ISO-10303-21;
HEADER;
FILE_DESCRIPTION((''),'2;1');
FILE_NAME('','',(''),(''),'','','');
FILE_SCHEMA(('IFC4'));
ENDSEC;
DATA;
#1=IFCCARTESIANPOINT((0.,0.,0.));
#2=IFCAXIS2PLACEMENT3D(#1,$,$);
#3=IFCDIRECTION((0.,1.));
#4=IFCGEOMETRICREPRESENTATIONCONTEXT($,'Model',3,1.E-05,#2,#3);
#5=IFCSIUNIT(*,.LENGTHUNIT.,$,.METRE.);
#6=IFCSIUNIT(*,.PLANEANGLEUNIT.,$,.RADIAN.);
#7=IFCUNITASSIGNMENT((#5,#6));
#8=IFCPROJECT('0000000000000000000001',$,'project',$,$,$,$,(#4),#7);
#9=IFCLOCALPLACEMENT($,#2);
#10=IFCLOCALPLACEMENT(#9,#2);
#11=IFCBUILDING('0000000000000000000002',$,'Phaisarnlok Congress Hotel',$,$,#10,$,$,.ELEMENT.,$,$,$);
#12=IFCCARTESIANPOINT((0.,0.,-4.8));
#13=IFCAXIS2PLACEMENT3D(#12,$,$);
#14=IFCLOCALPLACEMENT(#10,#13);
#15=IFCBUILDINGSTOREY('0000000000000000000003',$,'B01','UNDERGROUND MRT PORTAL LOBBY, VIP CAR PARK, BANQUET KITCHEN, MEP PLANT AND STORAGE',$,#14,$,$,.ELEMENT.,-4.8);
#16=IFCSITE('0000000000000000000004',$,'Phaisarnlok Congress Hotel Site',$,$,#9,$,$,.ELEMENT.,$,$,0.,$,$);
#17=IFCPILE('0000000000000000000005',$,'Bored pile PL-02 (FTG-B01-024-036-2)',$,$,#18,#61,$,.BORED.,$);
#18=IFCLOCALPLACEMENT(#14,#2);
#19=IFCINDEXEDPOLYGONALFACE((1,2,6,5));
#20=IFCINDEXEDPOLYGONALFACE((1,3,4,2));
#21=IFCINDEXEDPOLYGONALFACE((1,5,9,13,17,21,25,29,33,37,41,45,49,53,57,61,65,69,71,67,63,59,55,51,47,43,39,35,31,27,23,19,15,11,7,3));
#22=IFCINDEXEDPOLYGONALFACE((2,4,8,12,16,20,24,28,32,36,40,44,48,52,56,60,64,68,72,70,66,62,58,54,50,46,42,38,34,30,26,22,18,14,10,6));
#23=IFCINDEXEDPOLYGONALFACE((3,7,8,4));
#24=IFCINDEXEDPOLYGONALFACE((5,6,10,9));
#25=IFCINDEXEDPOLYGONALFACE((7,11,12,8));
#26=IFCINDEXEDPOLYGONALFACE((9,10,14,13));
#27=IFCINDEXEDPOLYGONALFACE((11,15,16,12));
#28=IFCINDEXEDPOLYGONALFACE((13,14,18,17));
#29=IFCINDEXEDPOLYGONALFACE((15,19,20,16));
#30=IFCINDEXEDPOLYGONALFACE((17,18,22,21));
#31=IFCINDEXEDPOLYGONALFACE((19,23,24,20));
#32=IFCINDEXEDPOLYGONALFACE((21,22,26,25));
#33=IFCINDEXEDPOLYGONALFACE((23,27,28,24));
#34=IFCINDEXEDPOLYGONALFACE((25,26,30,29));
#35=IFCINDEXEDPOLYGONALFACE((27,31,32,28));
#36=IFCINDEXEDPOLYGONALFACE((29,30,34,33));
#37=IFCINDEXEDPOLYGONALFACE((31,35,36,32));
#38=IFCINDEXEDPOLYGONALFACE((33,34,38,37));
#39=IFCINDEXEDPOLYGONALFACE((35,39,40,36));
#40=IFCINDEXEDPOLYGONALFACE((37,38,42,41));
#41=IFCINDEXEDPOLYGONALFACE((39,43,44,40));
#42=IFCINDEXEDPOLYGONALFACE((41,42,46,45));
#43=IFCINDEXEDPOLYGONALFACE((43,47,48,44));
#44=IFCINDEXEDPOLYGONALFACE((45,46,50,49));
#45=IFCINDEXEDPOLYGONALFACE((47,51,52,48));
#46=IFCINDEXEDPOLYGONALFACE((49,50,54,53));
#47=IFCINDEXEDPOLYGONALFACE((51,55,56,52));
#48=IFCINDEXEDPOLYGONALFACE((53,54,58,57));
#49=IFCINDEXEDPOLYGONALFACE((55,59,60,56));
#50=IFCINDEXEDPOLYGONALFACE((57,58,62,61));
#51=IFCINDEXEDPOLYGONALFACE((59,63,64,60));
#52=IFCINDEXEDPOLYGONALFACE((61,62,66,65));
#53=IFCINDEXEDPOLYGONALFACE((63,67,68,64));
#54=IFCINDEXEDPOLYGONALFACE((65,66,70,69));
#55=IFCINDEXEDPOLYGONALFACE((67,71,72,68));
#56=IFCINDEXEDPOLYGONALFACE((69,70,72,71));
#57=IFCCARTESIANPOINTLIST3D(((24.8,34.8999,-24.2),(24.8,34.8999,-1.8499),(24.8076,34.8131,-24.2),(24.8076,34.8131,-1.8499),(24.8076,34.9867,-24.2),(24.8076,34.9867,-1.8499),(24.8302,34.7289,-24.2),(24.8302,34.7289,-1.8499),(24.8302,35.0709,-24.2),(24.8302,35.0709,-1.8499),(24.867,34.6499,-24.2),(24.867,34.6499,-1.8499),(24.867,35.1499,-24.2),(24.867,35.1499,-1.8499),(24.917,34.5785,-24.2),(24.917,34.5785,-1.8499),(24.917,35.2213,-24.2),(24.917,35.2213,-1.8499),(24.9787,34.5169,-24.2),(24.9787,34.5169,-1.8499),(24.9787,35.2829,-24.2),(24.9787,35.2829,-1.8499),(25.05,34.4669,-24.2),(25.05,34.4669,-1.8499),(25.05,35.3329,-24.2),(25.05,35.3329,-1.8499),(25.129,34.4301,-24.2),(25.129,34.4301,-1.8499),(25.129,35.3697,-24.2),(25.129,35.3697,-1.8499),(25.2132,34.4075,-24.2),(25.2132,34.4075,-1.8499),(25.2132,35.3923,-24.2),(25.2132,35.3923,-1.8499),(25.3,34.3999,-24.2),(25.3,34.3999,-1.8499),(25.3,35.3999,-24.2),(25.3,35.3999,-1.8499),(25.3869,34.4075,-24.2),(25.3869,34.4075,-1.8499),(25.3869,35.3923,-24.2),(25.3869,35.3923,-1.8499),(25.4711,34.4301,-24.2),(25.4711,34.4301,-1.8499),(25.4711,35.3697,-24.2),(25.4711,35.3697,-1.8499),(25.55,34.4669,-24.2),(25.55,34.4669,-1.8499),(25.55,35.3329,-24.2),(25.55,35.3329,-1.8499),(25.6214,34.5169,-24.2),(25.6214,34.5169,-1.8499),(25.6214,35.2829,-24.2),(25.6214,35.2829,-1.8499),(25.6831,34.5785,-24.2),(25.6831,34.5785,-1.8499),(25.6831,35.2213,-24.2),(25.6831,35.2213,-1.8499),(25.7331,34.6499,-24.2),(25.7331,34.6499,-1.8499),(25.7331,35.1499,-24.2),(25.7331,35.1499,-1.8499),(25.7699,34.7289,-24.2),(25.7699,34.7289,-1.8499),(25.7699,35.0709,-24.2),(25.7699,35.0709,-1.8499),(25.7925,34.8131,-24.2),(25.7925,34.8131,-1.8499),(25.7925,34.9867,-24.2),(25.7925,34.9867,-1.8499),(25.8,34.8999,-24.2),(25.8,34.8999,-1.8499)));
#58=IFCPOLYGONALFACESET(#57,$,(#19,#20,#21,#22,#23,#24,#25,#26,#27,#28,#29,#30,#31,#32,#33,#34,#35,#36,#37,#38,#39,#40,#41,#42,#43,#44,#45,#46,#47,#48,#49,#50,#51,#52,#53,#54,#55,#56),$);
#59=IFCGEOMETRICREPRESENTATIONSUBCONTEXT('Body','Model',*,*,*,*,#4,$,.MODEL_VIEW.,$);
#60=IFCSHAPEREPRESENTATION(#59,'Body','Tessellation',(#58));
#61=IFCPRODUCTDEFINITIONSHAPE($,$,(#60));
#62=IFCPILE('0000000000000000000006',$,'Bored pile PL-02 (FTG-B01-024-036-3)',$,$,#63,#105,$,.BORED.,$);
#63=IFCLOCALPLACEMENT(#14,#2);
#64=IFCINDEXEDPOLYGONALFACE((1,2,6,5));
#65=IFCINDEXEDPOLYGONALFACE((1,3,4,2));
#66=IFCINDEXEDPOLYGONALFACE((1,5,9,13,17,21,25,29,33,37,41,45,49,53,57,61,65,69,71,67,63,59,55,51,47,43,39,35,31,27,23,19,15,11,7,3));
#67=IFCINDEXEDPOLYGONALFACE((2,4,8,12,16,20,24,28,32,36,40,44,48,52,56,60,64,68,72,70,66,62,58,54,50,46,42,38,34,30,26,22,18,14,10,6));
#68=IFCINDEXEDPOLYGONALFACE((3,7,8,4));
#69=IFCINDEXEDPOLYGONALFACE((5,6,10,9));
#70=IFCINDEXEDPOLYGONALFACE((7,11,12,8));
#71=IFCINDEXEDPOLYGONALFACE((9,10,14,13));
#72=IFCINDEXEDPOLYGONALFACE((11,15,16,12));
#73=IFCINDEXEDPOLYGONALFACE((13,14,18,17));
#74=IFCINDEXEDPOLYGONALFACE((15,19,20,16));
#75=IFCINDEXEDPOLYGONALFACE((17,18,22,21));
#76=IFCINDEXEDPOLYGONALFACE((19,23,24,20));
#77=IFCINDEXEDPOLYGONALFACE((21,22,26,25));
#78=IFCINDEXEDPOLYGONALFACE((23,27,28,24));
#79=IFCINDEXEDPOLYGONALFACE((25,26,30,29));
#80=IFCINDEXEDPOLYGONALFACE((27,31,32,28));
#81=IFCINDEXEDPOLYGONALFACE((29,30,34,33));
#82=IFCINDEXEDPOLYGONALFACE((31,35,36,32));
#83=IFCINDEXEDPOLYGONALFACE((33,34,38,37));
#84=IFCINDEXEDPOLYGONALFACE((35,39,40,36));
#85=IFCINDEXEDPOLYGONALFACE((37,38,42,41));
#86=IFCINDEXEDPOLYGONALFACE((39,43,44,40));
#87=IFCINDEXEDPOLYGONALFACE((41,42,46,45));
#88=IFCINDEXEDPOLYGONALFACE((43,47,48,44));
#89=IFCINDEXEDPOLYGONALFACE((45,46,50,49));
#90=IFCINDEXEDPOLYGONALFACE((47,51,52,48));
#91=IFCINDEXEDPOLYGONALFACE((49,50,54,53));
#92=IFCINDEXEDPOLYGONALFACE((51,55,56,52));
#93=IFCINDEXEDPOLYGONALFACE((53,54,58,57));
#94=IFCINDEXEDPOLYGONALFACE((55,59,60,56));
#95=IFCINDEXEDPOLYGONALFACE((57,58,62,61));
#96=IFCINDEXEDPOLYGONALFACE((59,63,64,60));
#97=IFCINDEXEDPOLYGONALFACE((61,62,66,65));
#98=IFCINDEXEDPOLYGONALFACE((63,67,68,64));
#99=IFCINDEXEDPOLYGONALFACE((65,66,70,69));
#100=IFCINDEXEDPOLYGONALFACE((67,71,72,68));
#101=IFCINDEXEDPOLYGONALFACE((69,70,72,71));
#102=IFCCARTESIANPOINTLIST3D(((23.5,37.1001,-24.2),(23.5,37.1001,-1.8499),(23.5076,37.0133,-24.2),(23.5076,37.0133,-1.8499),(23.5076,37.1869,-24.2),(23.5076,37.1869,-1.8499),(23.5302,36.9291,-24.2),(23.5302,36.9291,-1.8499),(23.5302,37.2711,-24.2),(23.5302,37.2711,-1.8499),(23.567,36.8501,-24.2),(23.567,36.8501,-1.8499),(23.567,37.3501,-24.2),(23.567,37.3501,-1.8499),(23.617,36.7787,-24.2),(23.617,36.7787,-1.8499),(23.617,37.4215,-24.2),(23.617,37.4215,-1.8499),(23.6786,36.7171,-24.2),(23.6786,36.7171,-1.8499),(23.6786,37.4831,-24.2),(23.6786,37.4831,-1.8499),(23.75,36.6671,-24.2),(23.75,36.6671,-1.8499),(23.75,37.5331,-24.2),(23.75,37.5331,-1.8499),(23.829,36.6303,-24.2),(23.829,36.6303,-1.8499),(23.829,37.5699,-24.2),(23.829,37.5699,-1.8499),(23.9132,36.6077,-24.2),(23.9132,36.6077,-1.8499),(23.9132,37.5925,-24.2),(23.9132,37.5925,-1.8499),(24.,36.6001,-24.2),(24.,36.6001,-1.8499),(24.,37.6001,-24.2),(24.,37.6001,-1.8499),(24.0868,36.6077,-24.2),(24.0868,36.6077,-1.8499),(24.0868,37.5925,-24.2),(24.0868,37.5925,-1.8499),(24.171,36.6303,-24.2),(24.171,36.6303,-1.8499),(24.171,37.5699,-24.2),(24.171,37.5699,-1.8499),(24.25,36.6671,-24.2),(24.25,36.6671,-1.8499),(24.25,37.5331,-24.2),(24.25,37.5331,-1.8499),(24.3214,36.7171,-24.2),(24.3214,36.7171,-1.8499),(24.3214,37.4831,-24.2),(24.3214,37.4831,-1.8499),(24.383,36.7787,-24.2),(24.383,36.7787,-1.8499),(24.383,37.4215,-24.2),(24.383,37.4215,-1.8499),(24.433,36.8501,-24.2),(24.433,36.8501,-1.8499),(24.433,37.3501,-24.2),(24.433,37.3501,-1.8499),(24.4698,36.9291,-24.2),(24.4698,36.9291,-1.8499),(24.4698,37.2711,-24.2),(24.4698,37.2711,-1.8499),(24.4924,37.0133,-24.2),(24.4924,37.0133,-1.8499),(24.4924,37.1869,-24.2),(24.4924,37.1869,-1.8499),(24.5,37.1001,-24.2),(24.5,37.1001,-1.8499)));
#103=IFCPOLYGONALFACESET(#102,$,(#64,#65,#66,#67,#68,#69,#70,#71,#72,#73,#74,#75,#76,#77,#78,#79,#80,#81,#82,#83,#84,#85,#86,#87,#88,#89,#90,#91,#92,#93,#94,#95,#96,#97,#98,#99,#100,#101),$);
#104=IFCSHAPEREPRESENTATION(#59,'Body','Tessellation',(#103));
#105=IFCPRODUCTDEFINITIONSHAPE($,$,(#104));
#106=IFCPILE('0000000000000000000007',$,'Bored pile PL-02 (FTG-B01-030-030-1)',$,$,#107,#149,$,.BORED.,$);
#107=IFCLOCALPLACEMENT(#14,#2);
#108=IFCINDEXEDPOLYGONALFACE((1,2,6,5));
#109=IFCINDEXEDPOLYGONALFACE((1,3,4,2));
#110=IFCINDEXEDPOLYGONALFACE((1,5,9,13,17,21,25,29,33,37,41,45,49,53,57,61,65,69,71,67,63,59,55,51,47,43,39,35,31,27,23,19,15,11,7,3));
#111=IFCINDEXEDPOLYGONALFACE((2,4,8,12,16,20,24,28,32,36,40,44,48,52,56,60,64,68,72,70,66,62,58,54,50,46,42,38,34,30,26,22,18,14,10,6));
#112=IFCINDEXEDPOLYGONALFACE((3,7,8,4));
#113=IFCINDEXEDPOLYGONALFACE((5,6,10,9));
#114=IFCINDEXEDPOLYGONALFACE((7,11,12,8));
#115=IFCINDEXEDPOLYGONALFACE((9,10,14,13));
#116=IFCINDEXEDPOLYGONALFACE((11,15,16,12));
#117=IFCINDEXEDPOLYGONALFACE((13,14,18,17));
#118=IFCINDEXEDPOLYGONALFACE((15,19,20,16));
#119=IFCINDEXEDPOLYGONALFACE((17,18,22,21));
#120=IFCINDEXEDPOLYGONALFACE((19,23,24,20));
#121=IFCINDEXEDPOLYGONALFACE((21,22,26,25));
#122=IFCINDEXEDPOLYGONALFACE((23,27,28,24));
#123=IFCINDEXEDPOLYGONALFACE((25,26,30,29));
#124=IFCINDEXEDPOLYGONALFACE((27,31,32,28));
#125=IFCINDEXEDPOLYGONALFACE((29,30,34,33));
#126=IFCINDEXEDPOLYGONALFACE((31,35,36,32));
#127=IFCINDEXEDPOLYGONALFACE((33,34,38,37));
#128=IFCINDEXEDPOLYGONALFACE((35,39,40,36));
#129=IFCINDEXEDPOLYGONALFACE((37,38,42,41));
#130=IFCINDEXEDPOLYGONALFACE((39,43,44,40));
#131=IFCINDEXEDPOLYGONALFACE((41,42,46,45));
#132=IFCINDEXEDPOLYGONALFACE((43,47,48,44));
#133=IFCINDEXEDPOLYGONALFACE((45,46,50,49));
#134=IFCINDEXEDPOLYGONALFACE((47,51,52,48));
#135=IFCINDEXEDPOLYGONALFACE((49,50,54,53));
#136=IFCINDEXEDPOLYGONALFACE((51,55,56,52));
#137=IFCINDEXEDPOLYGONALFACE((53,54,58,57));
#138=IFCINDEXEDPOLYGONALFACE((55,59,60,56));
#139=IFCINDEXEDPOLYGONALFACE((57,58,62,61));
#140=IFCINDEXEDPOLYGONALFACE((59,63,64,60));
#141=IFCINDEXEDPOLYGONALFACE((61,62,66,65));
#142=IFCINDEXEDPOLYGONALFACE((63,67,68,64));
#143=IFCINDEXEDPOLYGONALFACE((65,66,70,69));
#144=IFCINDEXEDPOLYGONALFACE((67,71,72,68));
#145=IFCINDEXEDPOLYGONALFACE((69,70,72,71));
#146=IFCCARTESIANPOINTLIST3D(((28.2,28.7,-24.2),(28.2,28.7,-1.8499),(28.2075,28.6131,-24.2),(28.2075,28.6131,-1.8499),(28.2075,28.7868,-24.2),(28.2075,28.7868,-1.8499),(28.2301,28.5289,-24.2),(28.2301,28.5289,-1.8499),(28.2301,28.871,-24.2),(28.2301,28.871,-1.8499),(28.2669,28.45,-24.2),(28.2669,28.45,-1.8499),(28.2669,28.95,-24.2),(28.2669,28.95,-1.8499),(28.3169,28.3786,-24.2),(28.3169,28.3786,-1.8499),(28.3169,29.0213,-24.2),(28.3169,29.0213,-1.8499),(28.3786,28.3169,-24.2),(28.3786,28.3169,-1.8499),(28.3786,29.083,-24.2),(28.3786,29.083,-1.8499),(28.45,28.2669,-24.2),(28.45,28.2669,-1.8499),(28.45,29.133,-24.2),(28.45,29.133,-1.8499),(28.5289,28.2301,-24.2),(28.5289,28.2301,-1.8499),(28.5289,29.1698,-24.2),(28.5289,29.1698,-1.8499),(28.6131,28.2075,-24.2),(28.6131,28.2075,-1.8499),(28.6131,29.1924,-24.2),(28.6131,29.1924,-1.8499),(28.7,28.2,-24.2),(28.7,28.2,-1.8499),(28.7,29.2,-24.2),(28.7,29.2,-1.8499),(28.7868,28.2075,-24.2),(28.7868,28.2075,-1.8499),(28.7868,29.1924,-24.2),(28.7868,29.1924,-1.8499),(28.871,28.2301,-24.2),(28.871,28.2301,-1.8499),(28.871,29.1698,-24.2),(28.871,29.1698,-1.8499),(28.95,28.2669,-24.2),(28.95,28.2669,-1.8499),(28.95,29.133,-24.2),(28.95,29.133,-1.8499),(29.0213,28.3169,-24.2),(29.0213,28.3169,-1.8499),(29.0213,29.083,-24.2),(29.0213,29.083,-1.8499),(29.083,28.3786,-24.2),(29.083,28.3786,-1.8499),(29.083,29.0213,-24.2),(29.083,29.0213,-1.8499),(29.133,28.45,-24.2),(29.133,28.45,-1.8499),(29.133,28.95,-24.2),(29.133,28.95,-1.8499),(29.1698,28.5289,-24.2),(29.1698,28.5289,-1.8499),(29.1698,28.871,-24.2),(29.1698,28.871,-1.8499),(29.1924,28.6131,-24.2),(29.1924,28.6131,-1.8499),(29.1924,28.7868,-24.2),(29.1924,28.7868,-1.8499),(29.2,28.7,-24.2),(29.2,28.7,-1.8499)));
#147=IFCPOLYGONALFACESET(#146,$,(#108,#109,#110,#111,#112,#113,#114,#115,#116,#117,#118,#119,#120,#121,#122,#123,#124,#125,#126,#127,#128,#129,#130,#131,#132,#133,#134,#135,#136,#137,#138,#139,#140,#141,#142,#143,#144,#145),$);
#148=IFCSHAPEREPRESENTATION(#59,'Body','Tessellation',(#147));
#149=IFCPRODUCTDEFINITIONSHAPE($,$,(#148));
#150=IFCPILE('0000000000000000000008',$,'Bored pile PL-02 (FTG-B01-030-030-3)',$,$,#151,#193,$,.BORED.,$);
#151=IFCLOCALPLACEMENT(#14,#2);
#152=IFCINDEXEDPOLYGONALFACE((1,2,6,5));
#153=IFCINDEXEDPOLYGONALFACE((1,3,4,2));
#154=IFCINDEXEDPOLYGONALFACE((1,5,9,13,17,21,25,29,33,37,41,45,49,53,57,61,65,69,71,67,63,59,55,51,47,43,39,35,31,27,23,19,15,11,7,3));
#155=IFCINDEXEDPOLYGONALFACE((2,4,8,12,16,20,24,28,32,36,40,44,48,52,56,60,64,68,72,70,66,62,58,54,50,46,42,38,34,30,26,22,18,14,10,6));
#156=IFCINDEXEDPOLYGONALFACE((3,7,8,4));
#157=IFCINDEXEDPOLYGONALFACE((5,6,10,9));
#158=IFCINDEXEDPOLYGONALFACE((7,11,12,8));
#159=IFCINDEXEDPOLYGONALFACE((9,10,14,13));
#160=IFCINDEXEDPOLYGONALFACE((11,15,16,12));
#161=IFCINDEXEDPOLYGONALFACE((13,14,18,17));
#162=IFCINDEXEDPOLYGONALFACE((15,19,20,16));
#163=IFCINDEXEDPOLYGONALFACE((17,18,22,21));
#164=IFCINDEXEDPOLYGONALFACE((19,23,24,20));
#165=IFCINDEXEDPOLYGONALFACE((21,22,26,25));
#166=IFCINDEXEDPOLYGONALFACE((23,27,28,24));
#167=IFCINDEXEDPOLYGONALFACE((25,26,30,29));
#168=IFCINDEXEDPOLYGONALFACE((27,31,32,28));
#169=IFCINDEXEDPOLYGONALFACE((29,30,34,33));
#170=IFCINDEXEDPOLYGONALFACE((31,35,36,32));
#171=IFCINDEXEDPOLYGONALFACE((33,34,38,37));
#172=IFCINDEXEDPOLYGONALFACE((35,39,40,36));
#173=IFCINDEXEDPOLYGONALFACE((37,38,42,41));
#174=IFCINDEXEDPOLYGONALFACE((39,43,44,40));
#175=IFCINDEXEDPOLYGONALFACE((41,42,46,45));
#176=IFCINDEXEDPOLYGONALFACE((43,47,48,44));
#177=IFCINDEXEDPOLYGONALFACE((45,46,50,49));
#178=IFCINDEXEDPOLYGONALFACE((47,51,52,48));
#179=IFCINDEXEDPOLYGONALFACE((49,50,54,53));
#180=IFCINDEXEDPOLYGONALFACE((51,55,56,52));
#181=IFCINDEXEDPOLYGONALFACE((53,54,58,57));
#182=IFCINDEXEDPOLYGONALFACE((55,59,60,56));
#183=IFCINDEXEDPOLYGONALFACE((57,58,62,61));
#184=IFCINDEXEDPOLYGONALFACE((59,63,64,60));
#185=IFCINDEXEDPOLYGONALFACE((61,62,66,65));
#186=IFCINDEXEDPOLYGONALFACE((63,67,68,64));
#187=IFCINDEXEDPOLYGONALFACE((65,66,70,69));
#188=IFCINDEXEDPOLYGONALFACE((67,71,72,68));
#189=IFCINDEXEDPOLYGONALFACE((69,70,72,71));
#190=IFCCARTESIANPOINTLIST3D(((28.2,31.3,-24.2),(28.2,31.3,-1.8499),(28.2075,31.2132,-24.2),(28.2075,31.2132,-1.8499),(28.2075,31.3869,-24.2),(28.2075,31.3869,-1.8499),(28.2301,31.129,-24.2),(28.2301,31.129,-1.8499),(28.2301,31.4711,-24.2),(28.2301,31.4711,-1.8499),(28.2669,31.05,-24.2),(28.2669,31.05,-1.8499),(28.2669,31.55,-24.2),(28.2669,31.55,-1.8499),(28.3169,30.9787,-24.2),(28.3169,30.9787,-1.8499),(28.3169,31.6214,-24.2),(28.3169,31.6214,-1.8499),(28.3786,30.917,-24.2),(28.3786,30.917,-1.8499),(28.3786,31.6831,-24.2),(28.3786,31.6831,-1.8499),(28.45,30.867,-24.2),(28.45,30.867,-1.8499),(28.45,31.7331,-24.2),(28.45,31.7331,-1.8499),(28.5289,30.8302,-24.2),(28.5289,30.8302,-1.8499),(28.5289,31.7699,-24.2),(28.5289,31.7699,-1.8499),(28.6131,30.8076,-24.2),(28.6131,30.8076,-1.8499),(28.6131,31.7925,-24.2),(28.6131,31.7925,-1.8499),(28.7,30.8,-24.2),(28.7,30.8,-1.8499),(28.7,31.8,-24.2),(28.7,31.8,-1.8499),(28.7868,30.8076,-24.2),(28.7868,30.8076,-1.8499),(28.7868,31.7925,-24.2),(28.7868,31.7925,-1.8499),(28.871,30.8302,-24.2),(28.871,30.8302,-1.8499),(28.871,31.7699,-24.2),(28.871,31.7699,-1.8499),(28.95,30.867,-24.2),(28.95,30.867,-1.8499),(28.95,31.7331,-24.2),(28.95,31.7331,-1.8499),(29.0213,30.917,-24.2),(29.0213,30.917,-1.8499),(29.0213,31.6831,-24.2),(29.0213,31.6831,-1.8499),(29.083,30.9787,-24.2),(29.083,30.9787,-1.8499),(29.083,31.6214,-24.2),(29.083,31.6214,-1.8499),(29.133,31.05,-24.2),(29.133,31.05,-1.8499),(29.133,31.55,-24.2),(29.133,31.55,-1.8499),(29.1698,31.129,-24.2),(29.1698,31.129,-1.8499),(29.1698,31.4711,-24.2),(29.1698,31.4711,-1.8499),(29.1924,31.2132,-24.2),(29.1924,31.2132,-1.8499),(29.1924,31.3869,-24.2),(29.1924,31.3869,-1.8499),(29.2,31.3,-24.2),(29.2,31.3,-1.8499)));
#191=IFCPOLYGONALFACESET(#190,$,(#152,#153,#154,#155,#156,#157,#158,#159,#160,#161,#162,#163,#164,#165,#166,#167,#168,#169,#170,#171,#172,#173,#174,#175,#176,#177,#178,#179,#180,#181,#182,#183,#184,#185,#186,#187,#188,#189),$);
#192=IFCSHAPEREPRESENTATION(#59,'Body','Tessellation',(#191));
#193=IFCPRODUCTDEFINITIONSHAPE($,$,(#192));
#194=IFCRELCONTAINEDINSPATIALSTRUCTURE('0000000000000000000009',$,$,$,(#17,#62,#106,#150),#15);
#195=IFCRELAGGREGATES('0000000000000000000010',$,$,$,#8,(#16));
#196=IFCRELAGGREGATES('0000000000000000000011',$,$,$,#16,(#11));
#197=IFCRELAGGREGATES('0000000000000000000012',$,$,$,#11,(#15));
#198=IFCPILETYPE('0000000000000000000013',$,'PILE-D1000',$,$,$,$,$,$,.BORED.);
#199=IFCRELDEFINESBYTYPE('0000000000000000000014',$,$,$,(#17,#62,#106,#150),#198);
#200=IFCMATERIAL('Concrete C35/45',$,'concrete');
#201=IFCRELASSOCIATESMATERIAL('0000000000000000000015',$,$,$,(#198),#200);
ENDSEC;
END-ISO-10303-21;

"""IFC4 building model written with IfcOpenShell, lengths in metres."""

from ifc_helpers import new_model, si_unit, direction, frame, origin, origin_2d, place, context, subcontext, project, spatial, circle, extrude, material, material_profile, profile_set, type_object, element, save


model = new_model("IFC4")

# Units and contexts
model_context = context("Model", 3, precision=1e-05, world=origin(), true_north=direction((0.0, 1.0)))
body_context = subcontext(model_context, "Body", "Model", "MODEL_VIEW")
ifc_project = project(units=[si_unit("LENGTHUNIT", "METRE"), si_unit("PLANEANGLEUNIT", "RADIAN")], contexts=[model_context])

# Site, building, storey
site_placement = place(None, origin())
site = spatial("IfcSite", under=ifc_project, at=site_placement, Name="Phaisarnlok Congress Hotel Site", CompositionType="ELEMENT", RefElevation=0.0)
building_placement = place(site_placement, origin())
building = spatial("IfcBuilding", under=site, at=building_placement, Name="Phaisarnlok Congress Hotel", CompositionType="ELEMENT")
storey_placement = place(building_placement, frame((0.0, 0.0, -4.8)))
storey = spatial("IfcBuildingStorey", under=building, at=storey_placement, Name="B01", Description="UNDERGROUND MRT PORTAL LOBBY, VIP CAR PARK, BANQUET KITCHEN, MEP PLANT AND STORAGE", CompositionType="ELEMENT", Elevation=-4.8)

# Piles
ifc_material_1 = material(Name="Concrete C35/45", Category="concrete")
ifc_material_profile_1 = material_profile(ifc_material_1, circle(Radius=0.5, at=origin_2d()), Name="BORED PILE D1000")
ifc_profile_set_1 = profile_set([ifc_material_profile_1], Name="Concrete C35/45")
pile_type_1 = type_object("IfcPileType", Name="PILE-D1000", PredefinedType="BORED", material=ifc_profile_set_1)
for number, where, z_axis, x_axis, name in (
    (1, (25.3, 34.8999, -1.8499), (0.0, 0.0, -1.0), (1.0, 0.0, 0.0), "Bored pile PL-02 (FTG-B01-024-036-2)"),
    (2, (24.0, 37.1001, -1.8499), (0.0, 0.0, -1.0), (1.0, 0.0, 0.0), "Bored pile PL-02 (FTG-B01-024-036-3)"),
    (3, (28.7, 28.7, -1.8499), (0.0, 0.0, -1.0), (1.0, 0.0, 0.0), "Bored pile PL-02 (FTG-B01-030-030-1)"),
    (4, (28.7, 31.3, -1.8499), (0.0, 0.0, -1.0), (1.0, 0.0, 0.0), "Bored pile PL-02 (FTG-B01-030-030-3)"),
):
    element("IfcPile", number, at=place(storey_placement, frame(where, z_axis=z_axis, x_axis=x_axis)), inside=storey, type_object=pile_type_1, Name=name, PredefinedType="BORED", context=body_context, shape_type="SweptSolid", body=[
        extrude(circle(Radius=0.5, at=origin_2d()), origin(), (0.0, 0.0, 1.0), 22.3501),
    ])

save(model, "model.ifc")
